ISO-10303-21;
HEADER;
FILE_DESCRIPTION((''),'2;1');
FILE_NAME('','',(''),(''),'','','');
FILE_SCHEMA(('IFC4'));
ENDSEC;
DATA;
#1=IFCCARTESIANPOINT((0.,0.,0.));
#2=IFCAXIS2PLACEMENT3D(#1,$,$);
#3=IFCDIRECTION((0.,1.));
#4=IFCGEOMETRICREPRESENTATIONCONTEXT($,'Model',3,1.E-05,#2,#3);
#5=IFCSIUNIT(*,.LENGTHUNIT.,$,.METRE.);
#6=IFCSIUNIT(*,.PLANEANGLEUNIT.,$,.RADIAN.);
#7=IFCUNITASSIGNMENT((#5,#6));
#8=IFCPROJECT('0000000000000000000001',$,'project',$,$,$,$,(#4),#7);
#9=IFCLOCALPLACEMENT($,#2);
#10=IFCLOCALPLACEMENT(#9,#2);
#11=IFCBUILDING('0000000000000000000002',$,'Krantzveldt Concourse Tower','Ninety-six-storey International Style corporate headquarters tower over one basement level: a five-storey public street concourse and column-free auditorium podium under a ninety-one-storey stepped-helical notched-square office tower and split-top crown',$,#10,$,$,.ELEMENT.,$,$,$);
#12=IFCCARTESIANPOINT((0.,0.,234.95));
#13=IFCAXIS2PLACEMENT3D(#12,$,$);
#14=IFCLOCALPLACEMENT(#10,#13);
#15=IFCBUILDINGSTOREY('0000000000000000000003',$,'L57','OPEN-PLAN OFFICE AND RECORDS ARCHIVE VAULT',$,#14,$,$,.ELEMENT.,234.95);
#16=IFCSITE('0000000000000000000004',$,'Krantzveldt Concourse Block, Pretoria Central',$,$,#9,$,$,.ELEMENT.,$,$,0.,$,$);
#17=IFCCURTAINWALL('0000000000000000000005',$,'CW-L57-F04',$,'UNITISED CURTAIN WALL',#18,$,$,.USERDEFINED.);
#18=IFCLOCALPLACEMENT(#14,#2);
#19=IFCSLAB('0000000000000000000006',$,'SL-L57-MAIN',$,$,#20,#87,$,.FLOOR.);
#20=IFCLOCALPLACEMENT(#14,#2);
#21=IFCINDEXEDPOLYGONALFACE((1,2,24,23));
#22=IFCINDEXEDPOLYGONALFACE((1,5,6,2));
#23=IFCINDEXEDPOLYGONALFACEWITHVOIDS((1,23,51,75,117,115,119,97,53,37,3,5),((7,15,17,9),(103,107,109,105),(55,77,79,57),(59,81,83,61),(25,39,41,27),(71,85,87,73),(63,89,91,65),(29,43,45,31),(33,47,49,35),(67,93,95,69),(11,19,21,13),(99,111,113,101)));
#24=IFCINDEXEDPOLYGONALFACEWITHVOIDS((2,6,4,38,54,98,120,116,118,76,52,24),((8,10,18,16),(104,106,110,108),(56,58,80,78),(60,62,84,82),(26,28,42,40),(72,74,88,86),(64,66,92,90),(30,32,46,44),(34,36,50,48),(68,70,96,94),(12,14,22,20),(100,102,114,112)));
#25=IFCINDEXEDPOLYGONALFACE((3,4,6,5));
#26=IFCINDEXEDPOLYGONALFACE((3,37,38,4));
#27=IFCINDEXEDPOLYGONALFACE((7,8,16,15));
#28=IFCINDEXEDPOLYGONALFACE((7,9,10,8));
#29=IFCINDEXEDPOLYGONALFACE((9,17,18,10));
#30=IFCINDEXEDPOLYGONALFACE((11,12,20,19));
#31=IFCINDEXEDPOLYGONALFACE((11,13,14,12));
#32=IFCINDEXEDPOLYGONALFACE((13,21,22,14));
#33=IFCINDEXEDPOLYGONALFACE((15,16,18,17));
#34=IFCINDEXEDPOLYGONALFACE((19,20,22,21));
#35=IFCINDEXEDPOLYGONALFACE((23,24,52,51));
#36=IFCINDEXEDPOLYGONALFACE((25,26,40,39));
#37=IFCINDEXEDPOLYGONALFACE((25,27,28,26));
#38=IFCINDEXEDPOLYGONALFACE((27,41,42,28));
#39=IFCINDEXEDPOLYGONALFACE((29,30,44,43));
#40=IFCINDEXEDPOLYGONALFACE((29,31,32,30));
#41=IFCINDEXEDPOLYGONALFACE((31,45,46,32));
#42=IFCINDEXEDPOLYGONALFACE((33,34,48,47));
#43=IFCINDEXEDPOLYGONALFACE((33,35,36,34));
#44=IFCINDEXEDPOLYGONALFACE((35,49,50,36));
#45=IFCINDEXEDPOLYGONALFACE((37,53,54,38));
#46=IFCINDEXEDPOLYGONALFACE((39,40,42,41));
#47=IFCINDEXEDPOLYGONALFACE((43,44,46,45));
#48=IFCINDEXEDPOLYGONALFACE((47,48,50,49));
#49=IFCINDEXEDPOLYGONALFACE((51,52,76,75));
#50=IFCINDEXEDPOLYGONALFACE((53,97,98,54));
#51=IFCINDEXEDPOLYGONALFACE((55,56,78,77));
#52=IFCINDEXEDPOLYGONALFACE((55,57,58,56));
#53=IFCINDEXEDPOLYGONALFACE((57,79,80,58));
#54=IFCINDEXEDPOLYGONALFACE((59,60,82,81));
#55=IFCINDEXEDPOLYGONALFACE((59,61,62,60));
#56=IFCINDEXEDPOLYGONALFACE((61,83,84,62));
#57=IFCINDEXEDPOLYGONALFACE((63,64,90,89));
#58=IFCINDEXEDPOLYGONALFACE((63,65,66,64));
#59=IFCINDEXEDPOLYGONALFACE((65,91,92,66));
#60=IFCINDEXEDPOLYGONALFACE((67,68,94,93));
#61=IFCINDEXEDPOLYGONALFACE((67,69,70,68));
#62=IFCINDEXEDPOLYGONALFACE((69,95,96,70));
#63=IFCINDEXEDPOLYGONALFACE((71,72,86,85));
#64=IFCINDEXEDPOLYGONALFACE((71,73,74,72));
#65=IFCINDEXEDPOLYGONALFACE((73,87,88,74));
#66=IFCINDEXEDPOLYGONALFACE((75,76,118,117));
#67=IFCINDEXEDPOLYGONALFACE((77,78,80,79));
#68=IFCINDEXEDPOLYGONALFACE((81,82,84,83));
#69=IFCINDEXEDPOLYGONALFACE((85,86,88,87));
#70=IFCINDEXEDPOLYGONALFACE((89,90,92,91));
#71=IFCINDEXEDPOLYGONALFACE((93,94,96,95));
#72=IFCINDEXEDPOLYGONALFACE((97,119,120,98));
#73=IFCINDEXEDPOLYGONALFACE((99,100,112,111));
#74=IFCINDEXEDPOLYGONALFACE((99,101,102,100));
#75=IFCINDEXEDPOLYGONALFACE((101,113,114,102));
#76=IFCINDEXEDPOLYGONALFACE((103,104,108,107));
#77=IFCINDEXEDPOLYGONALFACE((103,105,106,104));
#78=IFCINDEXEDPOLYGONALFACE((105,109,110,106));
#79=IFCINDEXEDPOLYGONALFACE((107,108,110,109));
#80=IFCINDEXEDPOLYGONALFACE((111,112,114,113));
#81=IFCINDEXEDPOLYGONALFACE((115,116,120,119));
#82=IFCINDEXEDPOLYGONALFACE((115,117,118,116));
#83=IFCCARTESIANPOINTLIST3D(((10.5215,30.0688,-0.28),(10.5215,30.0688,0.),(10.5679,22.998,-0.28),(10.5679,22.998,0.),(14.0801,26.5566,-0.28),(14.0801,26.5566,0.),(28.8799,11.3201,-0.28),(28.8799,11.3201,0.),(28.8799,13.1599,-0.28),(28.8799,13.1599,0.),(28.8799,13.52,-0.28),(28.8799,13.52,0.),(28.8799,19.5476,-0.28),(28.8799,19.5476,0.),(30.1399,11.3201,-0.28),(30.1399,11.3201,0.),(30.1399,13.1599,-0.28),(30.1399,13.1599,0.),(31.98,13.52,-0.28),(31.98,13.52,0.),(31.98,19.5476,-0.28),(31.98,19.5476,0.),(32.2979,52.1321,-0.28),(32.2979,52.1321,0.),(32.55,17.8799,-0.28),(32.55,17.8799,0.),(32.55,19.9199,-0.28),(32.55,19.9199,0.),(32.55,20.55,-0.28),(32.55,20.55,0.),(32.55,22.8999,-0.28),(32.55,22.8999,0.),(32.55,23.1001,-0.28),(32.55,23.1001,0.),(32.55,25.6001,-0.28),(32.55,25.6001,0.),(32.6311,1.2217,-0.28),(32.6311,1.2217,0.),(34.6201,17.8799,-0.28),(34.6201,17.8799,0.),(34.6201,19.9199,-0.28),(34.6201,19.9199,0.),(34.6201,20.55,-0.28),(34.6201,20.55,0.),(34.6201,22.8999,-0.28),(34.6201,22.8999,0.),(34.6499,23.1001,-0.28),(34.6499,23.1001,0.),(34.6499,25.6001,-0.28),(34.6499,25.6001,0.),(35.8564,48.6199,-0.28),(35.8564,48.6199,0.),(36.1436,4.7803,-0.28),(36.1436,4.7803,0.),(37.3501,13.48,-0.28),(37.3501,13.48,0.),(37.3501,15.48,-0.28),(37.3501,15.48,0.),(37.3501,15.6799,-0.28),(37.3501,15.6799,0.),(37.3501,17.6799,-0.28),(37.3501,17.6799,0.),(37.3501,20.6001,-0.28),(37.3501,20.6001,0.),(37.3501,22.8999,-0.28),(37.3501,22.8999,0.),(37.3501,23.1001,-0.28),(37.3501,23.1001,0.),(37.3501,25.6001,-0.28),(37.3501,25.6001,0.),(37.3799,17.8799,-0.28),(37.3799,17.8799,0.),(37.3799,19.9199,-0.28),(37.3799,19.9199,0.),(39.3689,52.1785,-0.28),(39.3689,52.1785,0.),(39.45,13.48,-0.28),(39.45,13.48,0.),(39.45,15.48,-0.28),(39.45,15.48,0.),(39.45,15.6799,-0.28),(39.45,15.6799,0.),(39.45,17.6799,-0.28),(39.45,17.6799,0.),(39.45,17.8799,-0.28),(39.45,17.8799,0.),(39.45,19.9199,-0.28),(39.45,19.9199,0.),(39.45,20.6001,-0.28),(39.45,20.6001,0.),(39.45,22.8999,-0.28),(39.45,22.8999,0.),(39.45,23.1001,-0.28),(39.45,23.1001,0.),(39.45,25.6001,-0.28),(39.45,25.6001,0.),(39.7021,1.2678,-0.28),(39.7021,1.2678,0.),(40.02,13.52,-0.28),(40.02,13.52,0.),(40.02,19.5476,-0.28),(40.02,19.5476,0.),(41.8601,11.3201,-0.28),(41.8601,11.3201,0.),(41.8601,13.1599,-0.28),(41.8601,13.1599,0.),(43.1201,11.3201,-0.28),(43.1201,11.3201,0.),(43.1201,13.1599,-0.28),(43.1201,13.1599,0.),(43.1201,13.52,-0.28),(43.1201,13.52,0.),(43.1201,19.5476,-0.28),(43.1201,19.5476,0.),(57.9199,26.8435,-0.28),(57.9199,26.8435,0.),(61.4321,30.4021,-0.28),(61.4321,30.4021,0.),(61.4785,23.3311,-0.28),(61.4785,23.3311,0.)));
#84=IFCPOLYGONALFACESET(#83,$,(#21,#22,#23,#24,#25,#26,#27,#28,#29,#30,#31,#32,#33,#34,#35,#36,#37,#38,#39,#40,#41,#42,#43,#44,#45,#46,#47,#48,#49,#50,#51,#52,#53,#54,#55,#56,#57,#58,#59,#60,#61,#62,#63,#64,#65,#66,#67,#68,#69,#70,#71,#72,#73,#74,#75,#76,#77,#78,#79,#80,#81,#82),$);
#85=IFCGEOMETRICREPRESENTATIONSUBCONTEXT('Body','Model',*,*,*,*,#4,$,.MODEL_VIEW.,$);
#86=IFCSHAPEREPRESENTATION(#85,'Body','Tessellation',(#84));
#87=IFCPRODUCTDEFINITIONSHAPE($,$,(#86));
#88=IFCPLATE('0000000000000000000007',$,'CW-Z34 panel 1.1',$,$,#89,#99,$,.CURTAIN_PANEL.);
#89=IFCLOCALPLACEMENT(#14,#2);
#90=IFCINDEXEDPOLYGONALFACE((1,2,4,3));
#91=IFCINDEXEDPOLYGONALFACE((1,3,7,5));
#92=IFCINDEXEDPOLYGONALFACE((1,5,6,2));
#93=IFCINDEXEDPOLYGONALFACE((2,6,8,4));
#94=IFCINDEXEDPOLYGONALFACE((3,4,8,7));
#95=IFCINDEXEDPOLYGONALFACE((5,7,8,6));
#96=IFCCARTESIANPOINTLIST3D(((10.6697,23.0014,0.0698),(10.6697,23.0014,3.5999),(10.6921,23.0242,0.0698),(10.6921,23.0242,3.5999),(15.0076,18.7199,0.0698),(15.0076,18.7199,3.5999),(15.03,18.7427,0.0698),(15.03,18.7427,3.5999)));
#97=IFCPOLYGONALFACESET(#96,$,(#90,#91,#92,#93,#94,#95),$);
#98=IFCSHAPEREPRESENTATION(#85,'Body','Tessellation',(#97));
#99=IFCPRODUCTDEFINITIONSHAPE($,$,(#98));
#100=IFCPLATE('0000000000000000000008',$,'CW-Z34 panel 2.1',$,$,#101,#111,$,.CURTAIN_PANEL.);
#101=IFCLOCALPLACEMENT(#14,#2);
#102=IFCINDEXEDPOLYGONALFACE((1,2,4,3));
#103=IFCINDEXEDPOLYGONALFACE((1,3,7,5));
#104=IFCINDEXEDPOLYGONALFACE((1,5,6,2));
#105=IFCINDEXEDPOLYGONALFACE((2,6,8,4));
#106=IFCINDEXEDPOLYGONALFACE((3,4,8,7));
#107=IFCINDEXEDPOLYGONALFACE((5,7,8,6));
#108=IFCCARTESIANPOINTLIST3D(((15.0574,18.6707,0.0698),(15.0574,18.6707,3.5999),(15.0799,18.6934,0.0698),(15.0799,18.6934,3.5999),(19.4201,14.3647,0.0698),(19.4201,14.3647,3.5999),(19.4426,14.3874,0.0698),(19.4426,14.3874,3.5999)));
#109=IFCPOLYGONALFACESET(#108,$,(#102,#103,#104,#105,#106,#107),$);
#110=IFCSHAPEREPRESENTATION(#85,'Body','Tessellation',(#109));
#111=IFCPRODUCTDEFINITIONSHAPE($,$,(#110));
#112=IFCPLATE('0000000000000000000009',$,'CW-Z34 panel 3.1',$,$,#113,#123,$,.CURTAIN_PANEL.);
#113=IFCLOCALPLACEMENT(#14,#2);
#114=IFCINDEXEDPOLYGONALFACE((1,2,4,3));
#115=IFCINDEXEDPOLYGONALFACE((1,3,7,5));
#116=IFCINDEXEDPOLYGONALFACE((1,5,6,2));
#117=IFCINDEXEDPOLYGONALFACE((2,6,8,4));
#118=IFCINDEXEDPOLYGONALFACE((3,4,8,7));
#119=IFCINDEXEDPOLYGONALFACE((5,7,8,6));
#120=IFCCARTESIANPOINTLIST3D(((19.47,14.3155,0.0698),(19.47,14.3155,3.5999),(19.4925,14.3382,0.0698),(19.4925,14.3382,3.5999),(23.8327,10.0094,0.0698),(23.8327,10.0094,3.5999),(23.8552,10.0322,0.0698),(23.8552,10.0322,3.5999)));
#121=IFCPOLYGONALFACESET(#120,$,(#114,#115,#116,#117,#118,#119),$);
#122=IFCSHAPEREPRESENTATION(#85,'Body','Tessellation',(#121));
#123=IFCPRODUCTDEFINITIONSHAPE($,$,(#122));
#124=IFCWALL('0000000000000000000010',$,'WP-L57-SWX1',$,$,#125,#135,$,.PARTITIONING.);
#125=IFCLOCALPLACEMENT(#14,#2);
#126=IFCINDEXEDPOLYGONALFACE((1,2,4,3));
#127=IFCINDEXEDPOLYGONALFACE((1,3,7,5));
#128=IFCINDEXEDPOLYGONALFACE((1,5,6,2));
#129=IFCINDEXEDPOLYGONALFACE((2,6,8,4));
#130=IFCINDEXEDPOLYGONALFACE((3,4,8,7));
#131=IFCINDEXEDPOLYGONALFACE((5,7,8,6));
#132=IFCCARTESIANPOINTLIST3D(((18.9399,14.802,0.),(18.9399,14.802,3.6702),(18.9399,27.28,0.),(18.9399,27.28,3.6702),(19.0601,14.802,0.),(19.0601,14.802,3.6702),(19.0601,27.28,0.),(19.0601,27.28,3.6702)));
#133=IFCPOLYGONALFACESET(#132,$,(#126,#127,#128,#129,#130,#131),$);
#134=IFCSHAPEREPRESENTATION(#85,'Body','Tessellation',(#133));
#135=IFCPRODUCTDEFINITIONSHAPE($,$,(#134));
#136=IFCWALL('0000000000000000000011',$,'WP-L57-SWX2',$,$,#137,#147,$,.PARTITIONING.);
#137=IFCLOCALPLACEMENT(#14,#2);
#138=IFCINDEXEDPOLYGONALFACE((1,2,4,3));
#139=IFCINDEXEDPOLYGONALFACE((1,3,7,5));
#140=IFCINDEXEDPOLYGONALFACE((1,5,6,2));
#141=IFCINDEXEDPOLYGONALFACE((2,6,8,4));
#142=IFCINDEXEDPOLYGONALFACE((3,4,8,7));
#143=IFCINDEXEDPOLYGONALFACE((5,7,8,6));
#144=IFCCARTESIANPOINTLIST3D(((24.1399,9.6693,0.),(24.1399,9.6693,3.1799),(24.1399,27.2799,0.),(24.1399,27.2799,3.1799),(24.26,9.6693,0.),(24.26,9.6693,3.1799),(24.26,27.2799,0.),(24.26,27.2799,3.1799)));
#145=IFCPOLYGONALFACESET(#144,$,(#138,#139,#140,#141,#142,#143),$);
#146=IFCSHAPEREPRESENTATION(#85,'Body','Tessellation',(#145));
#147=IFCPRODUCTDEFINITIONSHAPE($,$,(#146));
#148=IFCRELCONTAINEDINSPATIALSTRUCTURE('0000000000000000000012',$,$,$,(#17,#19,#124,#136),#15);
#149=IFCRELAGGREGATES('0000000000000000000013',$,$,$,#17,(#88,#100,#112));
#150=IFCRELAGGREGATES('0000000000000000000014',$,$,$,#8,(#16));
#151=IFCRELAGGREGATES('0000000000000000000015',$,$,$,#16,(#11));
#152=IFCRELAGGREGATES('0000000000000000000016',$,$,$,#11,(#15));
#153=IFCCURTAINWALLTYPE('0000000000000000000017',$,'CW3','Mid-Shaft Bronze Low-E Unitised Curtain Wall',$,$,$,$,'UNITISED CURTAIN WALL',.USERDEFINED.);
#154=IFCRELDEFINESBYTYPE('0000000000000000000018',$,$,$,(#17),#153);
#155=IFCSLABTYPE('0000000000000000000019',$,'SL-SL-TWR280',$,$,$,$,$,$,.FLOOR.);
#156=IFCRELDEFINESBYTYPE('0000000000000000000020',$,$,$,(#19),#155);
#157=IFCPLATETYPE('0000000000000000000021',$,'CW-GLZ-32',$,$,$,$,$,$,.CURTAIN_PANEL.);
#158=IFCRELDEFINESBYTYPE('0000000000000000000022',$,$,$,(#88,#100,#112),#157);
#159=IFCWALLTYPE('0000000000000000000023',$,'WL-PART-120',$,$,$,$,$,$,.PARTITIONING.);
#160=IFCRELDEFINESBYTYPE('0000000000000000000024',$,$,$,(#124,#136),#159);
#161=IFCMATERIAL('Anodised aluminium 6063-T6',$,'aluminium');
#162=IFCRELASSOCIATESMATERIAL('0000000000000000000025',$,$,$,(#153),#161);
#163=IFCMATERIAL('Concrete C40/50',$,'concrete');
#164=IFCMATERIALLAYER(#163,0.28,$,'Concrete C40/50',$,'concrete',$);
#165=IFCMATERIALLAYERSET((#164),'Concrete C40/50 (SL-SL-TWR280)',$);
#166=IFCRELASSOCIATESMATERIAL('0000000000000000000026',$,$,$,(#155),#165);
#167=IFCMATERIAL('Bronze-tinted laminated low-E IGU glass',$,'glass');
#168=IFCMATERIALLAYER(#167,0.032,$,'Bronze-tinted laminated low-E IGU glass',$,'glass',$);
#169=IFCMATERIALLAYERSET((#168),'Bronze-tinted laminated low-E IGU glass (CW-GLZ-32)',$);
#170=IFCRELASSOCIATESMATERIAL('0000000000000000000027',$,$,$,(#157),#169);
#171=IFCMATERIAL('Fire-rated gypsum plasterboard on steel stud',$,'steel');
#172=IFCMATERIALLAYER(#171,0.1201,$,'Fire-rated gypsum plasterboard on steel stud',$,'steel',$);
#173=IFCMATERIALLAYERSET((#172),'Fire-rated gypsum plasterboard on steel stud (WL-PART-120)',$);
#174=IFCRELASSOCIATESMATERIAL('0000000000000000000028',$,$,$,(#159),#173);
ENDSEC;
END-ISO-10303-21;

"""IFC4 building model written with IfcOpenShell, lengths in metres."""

from ifc_helpers import new_model, si_unit, direction, frame, frame_2d, origin, origin_2d, place, context, subcontext, project, spatial, polyline, rectangle, outline, extrude, source, transform, mapped, material, layer, layer_set, type_object, type_shapes, element, aggregate, save


model = new_model("IFC4")

# Units and contexts
model_context = context("Model", 3, precision=1e-05, world=origin(), true_north=direction((0.0, 1.0)))
body_context = subcontext(model_context, "Body", "Model", "MODEL_VIEW")
ifc_project = project(units=[si_unit("LENGTHUNIT", "METRE"), si_unit("PLANEANGLEUNIT", "RADIAN")], contexts=[model_context])

# Site, building, storey
site_placement = place(None, origin())
site = spatial("IfcSite", under=ifc_project, at=site_placement, Name="Krantzveldt Concourse Block, Pretoria Central", CompositionType="ELEMENT", RefElevation=0.0)
building_placement = place(site_placement, origin())
building = spatial("IfcBuilding", under=site, at=building_placement, Name="Krantzveldt Concourse Tower", Description="Ninety-six-storey International Style corporate headquarters tower over one basement level: a five-storey public street concourse and column-free auditorium podium under a ninety-one-storey stepped-helical notched-square office tower and split-top crown", CompositionType="ELEMENT")
storey_placement = place(building_placement, frame((0.0, 0.0, 234.95)))
storey = spatial("IfcBuildingStorey", under=building, at=storey_placement, Name="L57", Description="OPEN-PLAN OFFICE AND RECORDS ARCHIVE VAULT", CompositionType="ELEMENT", Elevation=234.95)

# Curtain wall
ifc_material_1 = material(Name="Anodised aluminium 6063-T6", Category="aluminium")
curtain_wall_type = type_object("IfcCurtainWallType", Name="CW3", Description="Mid-Shaft Bronze Low-E Unitised Curtain Wall", ElementType="UNITISED CURTAIN WALL", PredefinedType="USERDEFINED", material=ifc_material_1)
curtain_wall_placement = place(storey_placement, origin())
curtain_wall = element("IfcCurtainWall", 1, at=curtain_wall_placement, inside=storey, type_object=curtain_wall_type, Name="CW-L57-F04", ObjectType="UNITISED CURTAIN WALL", PredefinedType="USERDEFINED")

# Slab
ifc_material_2 = material(Name="Concrete C40/50", Category="concrete")
ifc_layer_1 = layer(ifc_material_2, 0.28, Name="Concrete C40/50", Category="concrete")
ifc_layer_set_1 = layer_set([ifc_layer_1], Name="Concrete C40/50 (SL-SL-TWR280)")
slab_type_1 = type_object("IfcSlabType", Name="SL-SL-TWR280", PredefinedType="FLOOR", material=ifc_layer_set_1)
slab_1_placement = place(storey_placement, frame((0.0, 0.0, -0.28)))
element("IfcSlab", 2, at=slab_1_placement, inside=storey, type_object=slab_type_1, Name="SL-L57-MAIN", PredefinedType="FLOOR", context=body_context, shape_type="SweptSolid", body=[
    extrude(outline(polyline([(35.8564, 48.6199), (32.2979, 52.1321), (10.5215, 30.0688), (14.0801, 26.5566), (10.5679, 22.998), (32.6311, 1.2217), (36.1436, 4.7803), (39.7021, 1.2678), (61.4785, 23.3311), (57.9199, 26.8435), (61.4321, 30.4021), (39.3689, 52.1785), (35.8564, 48.6199)]), holes=[polyline([(28.8799, 19.5476), (28.8799, 13.52), (31.98, 13.52), (31.98, 19.5476), (28.8799, 19.5476)]), polyline([(40.02, 19.5476), (40.02, 13.52), (43.1201, 13.52), (43.1201, 19.5476), (40.02, 19.5476)]), polyline([(32.55, 23.1001), (34.6499, 23.1001), (34.6499, 25.6001), (32.55, 25.6001), (32.55, 23.1001)]), polyline([(37.3501, 23.1001), (39.45, 23.1001), (39.45, 25.6001), (37.3501, 25.6001), (37.3501, 23.1001)]), polyline([(37.3501, 20.6001), (39.45, 20.6001), (39.45, 22.8999), (37.3501, 22.8999), (37.3501, 20.6001)]), polyline([(37.3501, 13.48), (39.45, 13.48), (39.45, 15.48), (37.3501, 15.48), (37.3501, 13.48)]), polyline([(37.3501, 15.6799), (39.45, 15.6799), (39.45, 17.6799), (37.3501, 17.6799), (37.3501, 15.6799)]), polyline([(32.55, 20.55), (34.6201, 20.55), (34.6201, 22.8999), (32.55, 22.8999), (32.55, 20.55)]), polyline([(32.55, 17.8799), (34.6201, 17.8799), (34.6201, 19.9199), (32.55, 19.9199), (32.55, 17.8799)]), polyline([(37.3799, 17.8799), (39.45, 17.8799), (39.45, 19.9199), (37.3799, 19.9199), (37.3799, 17.8799)]), polyline([(28.8799, 11.3201), (30.1399, 11.3201), (30.1399, 13.1599), (28.8799, 13.1599), (28.8799, 11.3201)]), polyline([(41.8601, 11.3201), (43.1201, 11.3201), (43.1201, 13.1599), (41.8601, 13.1599), (41.8601, 11.3201)])]), origin(), (0.0, 0.0, 1.0), 0.28),
])

# Plates
ifc_material_3 = material(Name="Bronze-tinted laminated low-E IGU glass", Category="glass")
ifc_layer_2 = layer(ifc_material_3, 0.032, Name="Bronze-tinted laminated low-E IGU glass", Category="glass")
ifc_layer_set_2 = layer_set([ifc_layer_2], Name="Bronze-tinted laminated low-E IGU glass (CW-GLZ-32)")
plate_type = type_object("IfcPlateType", Name="CW-GLZ-32", PredefinedType="CURTAIN_PANEL", material=ifc_layer_set_2)
shared_shape_1 = source(origin(), body_context, "Body", "SweptSolid", [
    extrude(rectangle(XDim=6.095, YDim=0.032, at=origin_2d()), origin(), (0.0, 0.0, 1.0), 3.53),
])
plate_1_placement = place(storey_placement, frame((12.8499, 20.8721, 0.0698), z_axis=(0.0, 0.0, 1.0), x_axis=(0.71172, -0.702464, 0.0)))
plate_1 = element("IfcPlate", 3, at=plate_1_placement, type_object=plate_type, Name="CW-Z34 panel 1.1", PredefinedType="CURTAIN_PANEL", context=body_context, shape_type="MappedRepresentation", body=[
    mapped(shared_shape_1, transform((0.0, 0.0, 0.0), x_axis=(1.0, 0.0, 0.0), y_axis=(0.0, 1.0, 0.0), z_axis=(0.0, 0.0, 1.0), scale=1.0)),
])
shared_shape_2 = source(origin(), body_context, "Body", "SweptSolid", [
    extrude(rectangle(XDim=6.1299, YDim=0.032, at=origin_2d()), origin(), (0.0, 0.0, 1.0), 3.53),
])
type_shapes(plate_type, [shared_shape_1, shared_shape_2])
plate_2_placement = place(storey_placement, frame((17.25, 16.5291, 0.0698), z_axis=(0.0, 0.0, 1.0), x_axis=(0.71172, -0.702464, 0.0)))
plate_2 = element("IfcPlate", 4, at=plate_2_placement, type_object=plate_type, Name="CW-Z34 panel 2.1", PredefinedType="CURTAIN_PANEL", context=body_context, shape_type="MappedRepresentation", body=[
    mapped(shared_shape_2, transform((0.0, 0.0, 0.0), x_axis=(1.0, 0.0, 0.0), y_axis=(0.0, 1.0, 0.0), z_axis=(0.0, 0.0, 1.0), scale=1.0)),
])
plate_3_placement = place(storey_placement, frame((21.6626, 12.1738, 0.0698), z_axis=(0.0, 0.0, 1.0), x_axis=(0.71172, -0.702464, 0.0)))
plate_3 = element("IfcPlate", 5, at=plate_3_placement, type_object=plate_type, Name="CW-Z34 panel 3.1", PredefinedType="CURTAIN_PANEL", context=body_context, shape_type="MappedRepresentation", body=[
    mapped(shared_shape_2, transform((0.0, 0.0, 0.0), x_axis=(1.0, 0.0, 0.0), y_axis=(0.0, 1.0, 0.0), z_axis=(0.0, 0.0, 1.0), scale=1.0)),
])
aggregate(curtain_wall, [plate_1, plate_2, plate_3])

# Walls
ifc_material_4 = material(Name="Fire-rated gypsum plasterboard on steel stud", Category="steel")
ifc_layer_3 = layer(ifc_material_4, 0.1201, Name="Fire-rated gypsum plasterboard on steel stud", Category="steel")
ifc_layer_set_3 = layer_set([ifc_layer_3], Name="Fire-rated gypsum plasterboard on steel stud (WL-PART-120)")
wall_type = type_object("IfcWallType", Name="WL-PART-120", PredefinedType="PARTITIONING", material=ifc_layer_set_3)
wall_1_placement = place(storey_placement, frame((19.0, 14.802, 0.0), z_axis=(0.0, 0.0, 1.0), x_axis=(0.0, 1.0, 0.0)))
element("IfcWall", 6, at=wall_1_placement, inside=storey, type_object=wall_type, Name="WP-L57-SWX1", PredefinedType="PARTITIONING", context=body_context, shape_type="SweptSolid", body=[
    extrude(rectangle(XDim=12.478, YDim=0.1201, at=frame_2d((6.239, 0.0))), origin(), (0.0, 0.0, 1.0), 3.6702),
])
wall_2_placement = place(storey_placement, frame((24.2, 9.6694, 0.0), z_axis=(0.0, 0.0, 1.0), x_axis=(0.0, 1.0, 0.0)))
element("IfcWall", 7, at=wall_2_placement, inside=storey, type_object=wall_type, Name="WP-L57-SWX2", PredefinedType="PARTITIONING", context=body_context, shape_type="SweptSolid", body=[
    extrude(rectangle(XDim=17.6106, YDim=0.1201, at=frame_2d((8.8052, 0.0))), origin(), (0.0, 0.0, 1.0), 3.1799),
])

save(model, "model.ifc")
